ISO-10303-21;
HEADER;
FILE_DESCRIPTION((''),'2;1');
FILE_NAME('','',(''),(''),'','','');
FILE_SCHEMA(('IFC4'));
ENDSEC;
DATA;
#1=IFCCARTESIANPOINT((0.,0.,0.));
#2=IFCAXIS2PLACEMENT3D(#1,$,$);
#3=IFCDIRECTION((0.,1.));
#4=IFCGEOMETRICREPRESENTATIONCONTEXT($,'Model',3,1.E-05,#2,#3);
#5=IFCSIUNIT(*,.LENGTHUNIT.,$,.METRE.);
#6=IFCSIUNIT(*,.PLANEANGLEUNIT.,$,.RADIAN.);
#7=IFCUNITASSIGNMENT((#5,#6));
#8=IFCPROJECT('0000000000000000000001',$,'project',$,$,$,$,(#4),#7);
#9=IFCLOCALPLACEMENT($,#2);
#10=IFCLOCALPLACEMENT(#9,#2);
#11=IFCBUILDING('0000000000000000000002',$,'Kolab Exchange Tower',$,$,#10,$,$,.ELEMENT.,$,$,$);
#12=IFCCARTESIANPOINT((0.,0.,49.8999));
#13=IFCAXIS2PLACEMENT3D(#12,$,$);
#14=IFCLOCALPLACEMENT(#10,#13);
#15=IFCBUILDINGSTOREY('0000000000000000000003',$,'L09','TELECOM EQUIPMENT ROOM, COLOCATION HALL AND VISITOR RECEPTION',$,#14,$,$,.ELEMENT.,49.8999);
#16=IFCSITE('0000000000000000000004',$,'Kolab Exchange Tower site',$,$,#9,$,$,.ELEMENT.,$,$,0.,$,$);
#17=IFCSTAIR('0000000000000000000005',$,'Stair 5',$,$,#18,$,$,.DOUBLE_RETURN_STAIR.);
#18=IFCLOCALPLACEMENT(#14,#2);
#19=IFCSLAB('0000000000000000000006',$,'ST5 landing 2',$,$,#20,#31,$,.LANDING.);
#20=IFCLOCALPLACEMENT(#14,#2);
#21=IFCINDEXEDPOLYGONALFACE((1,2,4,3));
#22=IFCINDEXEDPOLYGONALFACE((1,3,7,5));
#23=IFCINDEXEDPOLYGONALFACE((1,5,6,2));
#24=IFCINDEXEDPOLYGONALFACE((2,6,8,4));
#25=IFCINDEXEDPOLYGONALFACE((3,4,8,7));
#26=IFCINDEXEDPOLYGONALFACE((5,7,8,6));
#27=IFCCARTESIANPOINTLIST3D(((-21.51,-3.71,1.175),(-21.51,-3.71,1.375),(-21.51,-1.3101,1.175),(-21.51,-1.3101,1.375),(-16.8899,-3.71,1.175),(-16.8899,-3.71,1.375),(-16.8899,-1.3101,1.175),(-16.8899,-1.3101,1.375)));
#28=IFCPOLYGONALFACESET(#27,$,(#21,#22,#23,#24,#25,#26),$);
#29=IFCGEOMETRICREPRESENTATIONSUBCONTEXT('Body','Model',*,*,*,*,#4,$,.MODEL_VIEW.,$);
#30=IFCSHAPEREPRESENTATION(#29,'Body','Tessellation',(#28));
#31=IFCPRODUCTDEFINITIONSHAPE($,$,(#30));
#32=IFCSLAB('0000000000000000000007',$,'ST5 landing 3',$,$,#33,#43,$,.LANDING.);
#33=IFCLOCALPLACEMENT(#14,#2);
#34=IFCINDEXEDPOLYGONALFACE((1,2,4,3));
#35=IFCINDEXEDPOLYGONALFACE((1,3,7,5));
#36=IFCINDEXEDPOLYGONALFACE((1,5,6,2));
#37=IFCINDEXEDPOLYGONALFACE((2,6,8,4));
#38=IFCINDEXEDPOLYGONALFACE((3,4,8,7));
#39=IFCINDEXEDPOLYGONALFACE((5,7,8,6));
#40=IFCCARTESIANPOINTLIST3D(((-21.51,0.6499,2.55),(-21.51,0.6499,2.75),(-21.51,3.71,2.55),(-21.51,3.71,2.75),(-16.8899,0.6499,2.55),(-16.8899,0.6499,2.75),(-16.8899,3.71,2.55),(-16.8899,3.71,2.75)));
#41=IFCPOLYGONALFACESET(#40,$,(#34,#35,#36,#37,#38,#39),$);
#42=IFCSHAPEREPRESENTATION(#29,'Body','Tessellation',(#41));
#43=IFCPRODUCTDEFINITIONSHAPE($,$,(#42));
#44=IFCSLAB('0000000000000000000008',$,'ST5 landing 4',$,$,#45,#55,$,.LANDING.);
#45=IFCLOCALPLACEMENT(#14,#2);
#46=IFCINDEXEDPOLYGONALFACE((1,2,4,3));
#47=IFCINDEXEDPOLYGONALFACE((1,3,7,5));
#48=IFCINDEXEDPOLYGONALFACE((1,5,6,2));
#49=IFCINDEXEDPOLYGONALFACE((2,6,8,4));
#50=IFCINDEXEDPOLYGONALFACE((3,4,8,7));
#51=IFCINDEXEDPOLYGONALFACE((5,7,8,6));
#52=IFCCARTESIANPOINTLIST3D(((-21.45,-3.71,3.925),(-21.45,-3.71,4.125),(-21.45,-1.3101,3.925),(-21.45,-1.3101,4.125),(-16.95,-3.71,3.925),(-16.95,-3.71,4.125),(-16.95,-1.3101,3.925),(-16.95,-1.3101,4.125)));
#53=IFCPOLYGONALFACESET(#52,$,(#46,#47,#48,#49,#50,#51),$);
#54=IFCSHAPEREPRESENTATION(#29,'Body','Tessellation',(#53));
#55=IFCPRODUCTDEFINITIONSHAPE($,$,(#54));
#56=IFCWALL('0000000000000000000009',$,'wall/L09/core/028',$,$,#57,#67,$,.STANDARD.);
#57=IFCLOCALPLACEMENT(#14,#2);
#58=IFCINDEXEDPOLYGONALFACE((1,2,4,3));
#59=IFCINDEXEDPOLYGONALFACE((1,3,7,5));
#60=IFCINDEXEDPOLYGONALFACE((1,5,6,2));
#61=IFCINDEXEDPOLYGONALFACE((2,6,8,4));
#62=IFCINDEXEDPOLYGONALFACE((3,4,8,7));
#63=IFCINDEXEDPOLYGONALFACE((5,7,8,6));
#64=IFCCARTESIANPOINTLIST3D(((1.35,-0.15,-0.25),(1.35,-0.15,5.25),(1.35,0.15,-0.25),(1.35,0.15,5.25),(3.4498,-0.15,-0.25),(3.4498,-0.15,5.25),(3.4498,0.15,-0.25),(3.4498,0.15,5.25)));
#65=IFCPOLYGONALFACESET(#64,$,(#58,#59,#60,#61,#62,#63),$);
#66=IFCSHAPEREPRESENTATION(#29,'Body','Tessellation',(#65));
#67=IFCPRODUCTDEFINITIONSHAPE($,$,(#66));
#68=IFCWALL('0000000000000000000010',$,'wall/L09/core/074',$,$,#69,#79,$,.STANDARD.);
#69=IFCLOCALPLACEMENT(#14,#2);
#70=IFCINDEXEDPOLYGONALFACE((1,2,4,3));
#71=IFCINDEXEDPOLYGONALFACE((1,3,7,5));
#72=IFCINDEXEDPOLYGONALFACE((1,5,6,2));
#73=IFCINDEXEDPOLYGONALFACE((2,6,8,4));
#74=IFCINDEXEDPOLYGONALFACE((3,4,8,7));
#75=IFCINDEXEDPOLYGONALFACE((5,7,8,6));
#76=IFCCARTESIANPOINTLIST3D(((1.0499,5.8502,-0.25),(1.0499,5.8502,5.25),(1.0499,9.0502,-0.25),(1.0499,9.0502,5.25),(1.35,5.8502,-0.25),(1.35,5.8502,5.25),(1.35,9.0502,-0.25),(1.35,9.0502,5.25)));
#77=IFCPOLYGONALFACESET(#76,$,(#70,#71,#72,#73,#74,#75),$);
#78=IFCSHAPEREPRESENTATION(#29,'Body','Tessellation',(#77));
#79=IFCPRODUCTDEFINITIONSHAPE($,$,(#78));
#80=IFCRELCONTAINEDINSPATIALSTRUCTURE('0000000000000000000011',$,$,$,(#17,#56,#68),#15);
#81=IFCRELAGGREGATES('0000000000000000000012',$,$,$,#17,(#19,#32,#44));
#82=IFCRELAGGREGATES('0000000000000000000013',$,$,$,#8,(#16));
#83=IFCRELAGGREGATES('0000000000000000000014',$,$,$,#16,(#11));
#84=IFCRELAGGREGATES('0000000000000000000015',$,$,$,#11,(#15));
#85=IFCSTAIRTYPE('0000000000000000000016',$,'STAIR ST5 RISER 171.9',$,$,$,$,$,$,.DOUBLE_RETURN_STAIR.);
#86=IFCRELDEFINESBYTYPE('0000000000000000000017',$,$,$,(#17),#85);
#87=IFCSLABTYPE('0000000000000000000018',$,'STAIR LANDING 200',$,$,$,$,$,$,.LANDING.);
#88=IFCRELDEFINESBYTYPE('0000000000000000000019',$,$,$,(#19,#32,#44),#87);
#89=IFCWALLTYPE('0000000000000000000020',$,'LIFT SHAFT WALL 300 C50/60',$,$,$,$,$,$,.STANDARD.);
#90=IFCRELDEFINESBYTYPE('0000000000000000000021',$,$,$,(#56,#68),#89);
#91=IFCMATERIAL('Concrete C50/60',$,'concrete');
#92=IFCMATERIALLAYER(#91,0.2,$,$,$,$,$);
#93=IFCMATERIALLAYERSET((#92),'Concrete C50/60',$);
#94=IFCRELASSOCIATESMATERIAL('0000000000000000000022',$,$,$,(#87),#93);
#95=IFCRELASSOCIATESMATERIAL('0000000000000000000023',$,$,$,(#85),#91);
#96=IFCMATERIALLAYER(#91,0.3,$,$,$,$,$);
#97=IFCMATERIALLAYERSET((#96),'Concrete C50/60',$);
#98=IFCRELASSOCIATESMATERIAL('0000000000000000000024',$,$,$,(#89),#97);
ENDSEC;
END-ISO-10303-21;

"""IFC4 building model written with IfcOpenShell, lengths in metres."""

from ifc_helpers import new_model, si_unit, direction, frame, frame_2d, origin, place, context, subcontext, project, spatial, polyline, rectangle, outline, extrude, material, layer, layer_set, type_object, element, aggregate, save


model = new_model("IFC4")

# Units and contexts
model_context = context("Model", 3, precision=1e-05, world=origin(), true_north=direction((0.0, 1.0)))
body_context = subcontext(model_context, "Body", "Model", "MODEL_VIEW")
ifc_project = project(units=[si_unit("LENGTHUNIT", "METRE"), si_unit("PLANEANGLEUNIT", "RADIAN")], contexts=[model_context])

# Site, building, storey
site_placement = place(None, origin())
site = spatial("IfcSite", under=ifc_project, at=site_placement, Name="Kolab Exchange Tower site", CompositionType="ELEMENT", RefElevation=0.0)
building_placement = place(site_placement, origin())
building = spatial("IfcBuilding", under=site, at=building_placement, Name="Kolab Exchange Tower", CompositionType="ELEMENT")
storey_placement = place(building_placement, frame((0.0, 0.0, 49.8999)))
storey = spatial("IfcBuildingStorey", under=building, at=storey_placement, Name="L09", Description="TELECOM EQUIPMENT ROOM, COLOCATION HALL AND VISITOR RECEPTION", CompositionType="ELEMENT", Elevation=49.8999)

# Stair, slabs
ifc_material = material(Name="Concrete C50/60", Category="concrete")
ifc_layer_1 = layer(ifc_material, 0.2)
ifc_layer_set_1 = layer_set([ifc_layer_1], Name="Concrete C50/60")
slab_type = type_object("IfcSlabType", Name="STAIR LANDING 200", PredefinedType="LANDING", material=ifc_layer_set_1)
stair_type_1 = type_object("IfcStairType", Name="STAIR ST5 RISER 171.9", PredefinedType="DOUBLE_RETURN_STAIR", material=ifc_material)
stair_1_placement = place(storey_placement, origin())
stair_1 = element("IfcStair", 1, at=stair_1_placement, inside=storey, type_object=stair_type_1, Name="Stair 5", PredefinedType="DOUBLE_RETURN_STAIR")
slab_1_placement = place(storey_placement, frame((0.0, 0.0, 1.175)))
slab_1 = element("IfcSlab", 2, at=slab_1_placement, type_object=slab_type, Name="ST5 landing 2", PredefinedType="LANDING", context=body_context, shape_type="SweptSolid", body=[
    extrude(outline(polyline([(-21.51, -3.71), (-16.8899, -3.71), (-16.8899, -1.3101), (-21.51, -1.3101), (-21.51, -3.71)])), origin(), (0.0, 0.0, 1.0), 0.2),
])
slab_2_placement = place(storey_placement, frame((0.0, 0.0, 2.55)))
slab_2 = element("IfcSlab", 3, at=slab_2_placement, type_object=slab_type, Name="ST5 landing 3", PredefinedType="LANDING", context=body_context, shape_type="SweptSolid", body=[
    extrude(outline(polyline([(-21.51, 0.6499), (-16.8899, 0.6499), (-16.8899, 3.71), (-21.51, 3.71), (-21.51, 0.6499)])), origin(), (0.0, 0.0, 1.0), 0.2),
])
slab_3_placement = place(storey_placement, frame((0.0, 0.0, 3.925)))
slab_3 = element("IfcSlab", 4, at=slab_3_placement, type_object=slab_type, Name="ST5 landing 4", PredefinedType="LANDING", context=body_context, shape_type="SweptSolid", body=[
    extrude(outline(polyline([(-21.45, -3.71), (-16.95, -3.71), (-16.95, -1.3101), (-21.45, -1.3101), (-21.45, -3.71)])), origin(), (0.0, 0.0, 1.0), 0.2),
])
aggregate(stair_1, [slab_1, slab_2, slab_3])

# Walls
ifc_layer_2 = layer(ifc_material, 0.3)
ifc_layer_set_2 = layer_set([ifc_layer_2], Name="Concrete C50/60")
wall_type = type_object("IfcWallType", Name="LIFT SHAFT WALL 300 C50/60", PredefinedType="STANDARD", material=ifc_layer_set_2)
wall_1_placement = place(storey_placement, frame((1.3501, 0.0, -0.25), z_axis=(0.0, 0.0, 1.0), x_axis=(1.0, 0.0, 0.0)))
element("IfcWall", 5, at=wall_1_placement, inside=storey, type_object=wall_type, Name="wall/L09/core/028", PredefinedType="STANDARD", context=body_context, shape_type="SweptSolid", body=[
    extrude(rectangle(XDim=2.0999, YDim=0.3, at=frame_2d((1.0498, 0.0))), origin(), (0.0, 0.0, 1.0), 5.5),
])
wall_2_placement = place(storey_placement, frame((1.2, 5.8501, -0.25), z_axis=(0.0, 0.0, 1.0), x_axis=(0.0, 1.0, 0.0)))
element("IfcWall", 6, at=wall_2_placement, inside=storey, type_object=wall_type, Name="wall/L09/core/074", PredefinedType="STANDARD", context=body_context, shape_type="SweptSolid", body=[
    extrude(rectangle(XDim=3.2, YDim=0.3, at=frame_2d((1.6001, 0.0))), origin(), (0.0, 0.0, 1.0), 5.5),
])

save(model, "model.ifc")
